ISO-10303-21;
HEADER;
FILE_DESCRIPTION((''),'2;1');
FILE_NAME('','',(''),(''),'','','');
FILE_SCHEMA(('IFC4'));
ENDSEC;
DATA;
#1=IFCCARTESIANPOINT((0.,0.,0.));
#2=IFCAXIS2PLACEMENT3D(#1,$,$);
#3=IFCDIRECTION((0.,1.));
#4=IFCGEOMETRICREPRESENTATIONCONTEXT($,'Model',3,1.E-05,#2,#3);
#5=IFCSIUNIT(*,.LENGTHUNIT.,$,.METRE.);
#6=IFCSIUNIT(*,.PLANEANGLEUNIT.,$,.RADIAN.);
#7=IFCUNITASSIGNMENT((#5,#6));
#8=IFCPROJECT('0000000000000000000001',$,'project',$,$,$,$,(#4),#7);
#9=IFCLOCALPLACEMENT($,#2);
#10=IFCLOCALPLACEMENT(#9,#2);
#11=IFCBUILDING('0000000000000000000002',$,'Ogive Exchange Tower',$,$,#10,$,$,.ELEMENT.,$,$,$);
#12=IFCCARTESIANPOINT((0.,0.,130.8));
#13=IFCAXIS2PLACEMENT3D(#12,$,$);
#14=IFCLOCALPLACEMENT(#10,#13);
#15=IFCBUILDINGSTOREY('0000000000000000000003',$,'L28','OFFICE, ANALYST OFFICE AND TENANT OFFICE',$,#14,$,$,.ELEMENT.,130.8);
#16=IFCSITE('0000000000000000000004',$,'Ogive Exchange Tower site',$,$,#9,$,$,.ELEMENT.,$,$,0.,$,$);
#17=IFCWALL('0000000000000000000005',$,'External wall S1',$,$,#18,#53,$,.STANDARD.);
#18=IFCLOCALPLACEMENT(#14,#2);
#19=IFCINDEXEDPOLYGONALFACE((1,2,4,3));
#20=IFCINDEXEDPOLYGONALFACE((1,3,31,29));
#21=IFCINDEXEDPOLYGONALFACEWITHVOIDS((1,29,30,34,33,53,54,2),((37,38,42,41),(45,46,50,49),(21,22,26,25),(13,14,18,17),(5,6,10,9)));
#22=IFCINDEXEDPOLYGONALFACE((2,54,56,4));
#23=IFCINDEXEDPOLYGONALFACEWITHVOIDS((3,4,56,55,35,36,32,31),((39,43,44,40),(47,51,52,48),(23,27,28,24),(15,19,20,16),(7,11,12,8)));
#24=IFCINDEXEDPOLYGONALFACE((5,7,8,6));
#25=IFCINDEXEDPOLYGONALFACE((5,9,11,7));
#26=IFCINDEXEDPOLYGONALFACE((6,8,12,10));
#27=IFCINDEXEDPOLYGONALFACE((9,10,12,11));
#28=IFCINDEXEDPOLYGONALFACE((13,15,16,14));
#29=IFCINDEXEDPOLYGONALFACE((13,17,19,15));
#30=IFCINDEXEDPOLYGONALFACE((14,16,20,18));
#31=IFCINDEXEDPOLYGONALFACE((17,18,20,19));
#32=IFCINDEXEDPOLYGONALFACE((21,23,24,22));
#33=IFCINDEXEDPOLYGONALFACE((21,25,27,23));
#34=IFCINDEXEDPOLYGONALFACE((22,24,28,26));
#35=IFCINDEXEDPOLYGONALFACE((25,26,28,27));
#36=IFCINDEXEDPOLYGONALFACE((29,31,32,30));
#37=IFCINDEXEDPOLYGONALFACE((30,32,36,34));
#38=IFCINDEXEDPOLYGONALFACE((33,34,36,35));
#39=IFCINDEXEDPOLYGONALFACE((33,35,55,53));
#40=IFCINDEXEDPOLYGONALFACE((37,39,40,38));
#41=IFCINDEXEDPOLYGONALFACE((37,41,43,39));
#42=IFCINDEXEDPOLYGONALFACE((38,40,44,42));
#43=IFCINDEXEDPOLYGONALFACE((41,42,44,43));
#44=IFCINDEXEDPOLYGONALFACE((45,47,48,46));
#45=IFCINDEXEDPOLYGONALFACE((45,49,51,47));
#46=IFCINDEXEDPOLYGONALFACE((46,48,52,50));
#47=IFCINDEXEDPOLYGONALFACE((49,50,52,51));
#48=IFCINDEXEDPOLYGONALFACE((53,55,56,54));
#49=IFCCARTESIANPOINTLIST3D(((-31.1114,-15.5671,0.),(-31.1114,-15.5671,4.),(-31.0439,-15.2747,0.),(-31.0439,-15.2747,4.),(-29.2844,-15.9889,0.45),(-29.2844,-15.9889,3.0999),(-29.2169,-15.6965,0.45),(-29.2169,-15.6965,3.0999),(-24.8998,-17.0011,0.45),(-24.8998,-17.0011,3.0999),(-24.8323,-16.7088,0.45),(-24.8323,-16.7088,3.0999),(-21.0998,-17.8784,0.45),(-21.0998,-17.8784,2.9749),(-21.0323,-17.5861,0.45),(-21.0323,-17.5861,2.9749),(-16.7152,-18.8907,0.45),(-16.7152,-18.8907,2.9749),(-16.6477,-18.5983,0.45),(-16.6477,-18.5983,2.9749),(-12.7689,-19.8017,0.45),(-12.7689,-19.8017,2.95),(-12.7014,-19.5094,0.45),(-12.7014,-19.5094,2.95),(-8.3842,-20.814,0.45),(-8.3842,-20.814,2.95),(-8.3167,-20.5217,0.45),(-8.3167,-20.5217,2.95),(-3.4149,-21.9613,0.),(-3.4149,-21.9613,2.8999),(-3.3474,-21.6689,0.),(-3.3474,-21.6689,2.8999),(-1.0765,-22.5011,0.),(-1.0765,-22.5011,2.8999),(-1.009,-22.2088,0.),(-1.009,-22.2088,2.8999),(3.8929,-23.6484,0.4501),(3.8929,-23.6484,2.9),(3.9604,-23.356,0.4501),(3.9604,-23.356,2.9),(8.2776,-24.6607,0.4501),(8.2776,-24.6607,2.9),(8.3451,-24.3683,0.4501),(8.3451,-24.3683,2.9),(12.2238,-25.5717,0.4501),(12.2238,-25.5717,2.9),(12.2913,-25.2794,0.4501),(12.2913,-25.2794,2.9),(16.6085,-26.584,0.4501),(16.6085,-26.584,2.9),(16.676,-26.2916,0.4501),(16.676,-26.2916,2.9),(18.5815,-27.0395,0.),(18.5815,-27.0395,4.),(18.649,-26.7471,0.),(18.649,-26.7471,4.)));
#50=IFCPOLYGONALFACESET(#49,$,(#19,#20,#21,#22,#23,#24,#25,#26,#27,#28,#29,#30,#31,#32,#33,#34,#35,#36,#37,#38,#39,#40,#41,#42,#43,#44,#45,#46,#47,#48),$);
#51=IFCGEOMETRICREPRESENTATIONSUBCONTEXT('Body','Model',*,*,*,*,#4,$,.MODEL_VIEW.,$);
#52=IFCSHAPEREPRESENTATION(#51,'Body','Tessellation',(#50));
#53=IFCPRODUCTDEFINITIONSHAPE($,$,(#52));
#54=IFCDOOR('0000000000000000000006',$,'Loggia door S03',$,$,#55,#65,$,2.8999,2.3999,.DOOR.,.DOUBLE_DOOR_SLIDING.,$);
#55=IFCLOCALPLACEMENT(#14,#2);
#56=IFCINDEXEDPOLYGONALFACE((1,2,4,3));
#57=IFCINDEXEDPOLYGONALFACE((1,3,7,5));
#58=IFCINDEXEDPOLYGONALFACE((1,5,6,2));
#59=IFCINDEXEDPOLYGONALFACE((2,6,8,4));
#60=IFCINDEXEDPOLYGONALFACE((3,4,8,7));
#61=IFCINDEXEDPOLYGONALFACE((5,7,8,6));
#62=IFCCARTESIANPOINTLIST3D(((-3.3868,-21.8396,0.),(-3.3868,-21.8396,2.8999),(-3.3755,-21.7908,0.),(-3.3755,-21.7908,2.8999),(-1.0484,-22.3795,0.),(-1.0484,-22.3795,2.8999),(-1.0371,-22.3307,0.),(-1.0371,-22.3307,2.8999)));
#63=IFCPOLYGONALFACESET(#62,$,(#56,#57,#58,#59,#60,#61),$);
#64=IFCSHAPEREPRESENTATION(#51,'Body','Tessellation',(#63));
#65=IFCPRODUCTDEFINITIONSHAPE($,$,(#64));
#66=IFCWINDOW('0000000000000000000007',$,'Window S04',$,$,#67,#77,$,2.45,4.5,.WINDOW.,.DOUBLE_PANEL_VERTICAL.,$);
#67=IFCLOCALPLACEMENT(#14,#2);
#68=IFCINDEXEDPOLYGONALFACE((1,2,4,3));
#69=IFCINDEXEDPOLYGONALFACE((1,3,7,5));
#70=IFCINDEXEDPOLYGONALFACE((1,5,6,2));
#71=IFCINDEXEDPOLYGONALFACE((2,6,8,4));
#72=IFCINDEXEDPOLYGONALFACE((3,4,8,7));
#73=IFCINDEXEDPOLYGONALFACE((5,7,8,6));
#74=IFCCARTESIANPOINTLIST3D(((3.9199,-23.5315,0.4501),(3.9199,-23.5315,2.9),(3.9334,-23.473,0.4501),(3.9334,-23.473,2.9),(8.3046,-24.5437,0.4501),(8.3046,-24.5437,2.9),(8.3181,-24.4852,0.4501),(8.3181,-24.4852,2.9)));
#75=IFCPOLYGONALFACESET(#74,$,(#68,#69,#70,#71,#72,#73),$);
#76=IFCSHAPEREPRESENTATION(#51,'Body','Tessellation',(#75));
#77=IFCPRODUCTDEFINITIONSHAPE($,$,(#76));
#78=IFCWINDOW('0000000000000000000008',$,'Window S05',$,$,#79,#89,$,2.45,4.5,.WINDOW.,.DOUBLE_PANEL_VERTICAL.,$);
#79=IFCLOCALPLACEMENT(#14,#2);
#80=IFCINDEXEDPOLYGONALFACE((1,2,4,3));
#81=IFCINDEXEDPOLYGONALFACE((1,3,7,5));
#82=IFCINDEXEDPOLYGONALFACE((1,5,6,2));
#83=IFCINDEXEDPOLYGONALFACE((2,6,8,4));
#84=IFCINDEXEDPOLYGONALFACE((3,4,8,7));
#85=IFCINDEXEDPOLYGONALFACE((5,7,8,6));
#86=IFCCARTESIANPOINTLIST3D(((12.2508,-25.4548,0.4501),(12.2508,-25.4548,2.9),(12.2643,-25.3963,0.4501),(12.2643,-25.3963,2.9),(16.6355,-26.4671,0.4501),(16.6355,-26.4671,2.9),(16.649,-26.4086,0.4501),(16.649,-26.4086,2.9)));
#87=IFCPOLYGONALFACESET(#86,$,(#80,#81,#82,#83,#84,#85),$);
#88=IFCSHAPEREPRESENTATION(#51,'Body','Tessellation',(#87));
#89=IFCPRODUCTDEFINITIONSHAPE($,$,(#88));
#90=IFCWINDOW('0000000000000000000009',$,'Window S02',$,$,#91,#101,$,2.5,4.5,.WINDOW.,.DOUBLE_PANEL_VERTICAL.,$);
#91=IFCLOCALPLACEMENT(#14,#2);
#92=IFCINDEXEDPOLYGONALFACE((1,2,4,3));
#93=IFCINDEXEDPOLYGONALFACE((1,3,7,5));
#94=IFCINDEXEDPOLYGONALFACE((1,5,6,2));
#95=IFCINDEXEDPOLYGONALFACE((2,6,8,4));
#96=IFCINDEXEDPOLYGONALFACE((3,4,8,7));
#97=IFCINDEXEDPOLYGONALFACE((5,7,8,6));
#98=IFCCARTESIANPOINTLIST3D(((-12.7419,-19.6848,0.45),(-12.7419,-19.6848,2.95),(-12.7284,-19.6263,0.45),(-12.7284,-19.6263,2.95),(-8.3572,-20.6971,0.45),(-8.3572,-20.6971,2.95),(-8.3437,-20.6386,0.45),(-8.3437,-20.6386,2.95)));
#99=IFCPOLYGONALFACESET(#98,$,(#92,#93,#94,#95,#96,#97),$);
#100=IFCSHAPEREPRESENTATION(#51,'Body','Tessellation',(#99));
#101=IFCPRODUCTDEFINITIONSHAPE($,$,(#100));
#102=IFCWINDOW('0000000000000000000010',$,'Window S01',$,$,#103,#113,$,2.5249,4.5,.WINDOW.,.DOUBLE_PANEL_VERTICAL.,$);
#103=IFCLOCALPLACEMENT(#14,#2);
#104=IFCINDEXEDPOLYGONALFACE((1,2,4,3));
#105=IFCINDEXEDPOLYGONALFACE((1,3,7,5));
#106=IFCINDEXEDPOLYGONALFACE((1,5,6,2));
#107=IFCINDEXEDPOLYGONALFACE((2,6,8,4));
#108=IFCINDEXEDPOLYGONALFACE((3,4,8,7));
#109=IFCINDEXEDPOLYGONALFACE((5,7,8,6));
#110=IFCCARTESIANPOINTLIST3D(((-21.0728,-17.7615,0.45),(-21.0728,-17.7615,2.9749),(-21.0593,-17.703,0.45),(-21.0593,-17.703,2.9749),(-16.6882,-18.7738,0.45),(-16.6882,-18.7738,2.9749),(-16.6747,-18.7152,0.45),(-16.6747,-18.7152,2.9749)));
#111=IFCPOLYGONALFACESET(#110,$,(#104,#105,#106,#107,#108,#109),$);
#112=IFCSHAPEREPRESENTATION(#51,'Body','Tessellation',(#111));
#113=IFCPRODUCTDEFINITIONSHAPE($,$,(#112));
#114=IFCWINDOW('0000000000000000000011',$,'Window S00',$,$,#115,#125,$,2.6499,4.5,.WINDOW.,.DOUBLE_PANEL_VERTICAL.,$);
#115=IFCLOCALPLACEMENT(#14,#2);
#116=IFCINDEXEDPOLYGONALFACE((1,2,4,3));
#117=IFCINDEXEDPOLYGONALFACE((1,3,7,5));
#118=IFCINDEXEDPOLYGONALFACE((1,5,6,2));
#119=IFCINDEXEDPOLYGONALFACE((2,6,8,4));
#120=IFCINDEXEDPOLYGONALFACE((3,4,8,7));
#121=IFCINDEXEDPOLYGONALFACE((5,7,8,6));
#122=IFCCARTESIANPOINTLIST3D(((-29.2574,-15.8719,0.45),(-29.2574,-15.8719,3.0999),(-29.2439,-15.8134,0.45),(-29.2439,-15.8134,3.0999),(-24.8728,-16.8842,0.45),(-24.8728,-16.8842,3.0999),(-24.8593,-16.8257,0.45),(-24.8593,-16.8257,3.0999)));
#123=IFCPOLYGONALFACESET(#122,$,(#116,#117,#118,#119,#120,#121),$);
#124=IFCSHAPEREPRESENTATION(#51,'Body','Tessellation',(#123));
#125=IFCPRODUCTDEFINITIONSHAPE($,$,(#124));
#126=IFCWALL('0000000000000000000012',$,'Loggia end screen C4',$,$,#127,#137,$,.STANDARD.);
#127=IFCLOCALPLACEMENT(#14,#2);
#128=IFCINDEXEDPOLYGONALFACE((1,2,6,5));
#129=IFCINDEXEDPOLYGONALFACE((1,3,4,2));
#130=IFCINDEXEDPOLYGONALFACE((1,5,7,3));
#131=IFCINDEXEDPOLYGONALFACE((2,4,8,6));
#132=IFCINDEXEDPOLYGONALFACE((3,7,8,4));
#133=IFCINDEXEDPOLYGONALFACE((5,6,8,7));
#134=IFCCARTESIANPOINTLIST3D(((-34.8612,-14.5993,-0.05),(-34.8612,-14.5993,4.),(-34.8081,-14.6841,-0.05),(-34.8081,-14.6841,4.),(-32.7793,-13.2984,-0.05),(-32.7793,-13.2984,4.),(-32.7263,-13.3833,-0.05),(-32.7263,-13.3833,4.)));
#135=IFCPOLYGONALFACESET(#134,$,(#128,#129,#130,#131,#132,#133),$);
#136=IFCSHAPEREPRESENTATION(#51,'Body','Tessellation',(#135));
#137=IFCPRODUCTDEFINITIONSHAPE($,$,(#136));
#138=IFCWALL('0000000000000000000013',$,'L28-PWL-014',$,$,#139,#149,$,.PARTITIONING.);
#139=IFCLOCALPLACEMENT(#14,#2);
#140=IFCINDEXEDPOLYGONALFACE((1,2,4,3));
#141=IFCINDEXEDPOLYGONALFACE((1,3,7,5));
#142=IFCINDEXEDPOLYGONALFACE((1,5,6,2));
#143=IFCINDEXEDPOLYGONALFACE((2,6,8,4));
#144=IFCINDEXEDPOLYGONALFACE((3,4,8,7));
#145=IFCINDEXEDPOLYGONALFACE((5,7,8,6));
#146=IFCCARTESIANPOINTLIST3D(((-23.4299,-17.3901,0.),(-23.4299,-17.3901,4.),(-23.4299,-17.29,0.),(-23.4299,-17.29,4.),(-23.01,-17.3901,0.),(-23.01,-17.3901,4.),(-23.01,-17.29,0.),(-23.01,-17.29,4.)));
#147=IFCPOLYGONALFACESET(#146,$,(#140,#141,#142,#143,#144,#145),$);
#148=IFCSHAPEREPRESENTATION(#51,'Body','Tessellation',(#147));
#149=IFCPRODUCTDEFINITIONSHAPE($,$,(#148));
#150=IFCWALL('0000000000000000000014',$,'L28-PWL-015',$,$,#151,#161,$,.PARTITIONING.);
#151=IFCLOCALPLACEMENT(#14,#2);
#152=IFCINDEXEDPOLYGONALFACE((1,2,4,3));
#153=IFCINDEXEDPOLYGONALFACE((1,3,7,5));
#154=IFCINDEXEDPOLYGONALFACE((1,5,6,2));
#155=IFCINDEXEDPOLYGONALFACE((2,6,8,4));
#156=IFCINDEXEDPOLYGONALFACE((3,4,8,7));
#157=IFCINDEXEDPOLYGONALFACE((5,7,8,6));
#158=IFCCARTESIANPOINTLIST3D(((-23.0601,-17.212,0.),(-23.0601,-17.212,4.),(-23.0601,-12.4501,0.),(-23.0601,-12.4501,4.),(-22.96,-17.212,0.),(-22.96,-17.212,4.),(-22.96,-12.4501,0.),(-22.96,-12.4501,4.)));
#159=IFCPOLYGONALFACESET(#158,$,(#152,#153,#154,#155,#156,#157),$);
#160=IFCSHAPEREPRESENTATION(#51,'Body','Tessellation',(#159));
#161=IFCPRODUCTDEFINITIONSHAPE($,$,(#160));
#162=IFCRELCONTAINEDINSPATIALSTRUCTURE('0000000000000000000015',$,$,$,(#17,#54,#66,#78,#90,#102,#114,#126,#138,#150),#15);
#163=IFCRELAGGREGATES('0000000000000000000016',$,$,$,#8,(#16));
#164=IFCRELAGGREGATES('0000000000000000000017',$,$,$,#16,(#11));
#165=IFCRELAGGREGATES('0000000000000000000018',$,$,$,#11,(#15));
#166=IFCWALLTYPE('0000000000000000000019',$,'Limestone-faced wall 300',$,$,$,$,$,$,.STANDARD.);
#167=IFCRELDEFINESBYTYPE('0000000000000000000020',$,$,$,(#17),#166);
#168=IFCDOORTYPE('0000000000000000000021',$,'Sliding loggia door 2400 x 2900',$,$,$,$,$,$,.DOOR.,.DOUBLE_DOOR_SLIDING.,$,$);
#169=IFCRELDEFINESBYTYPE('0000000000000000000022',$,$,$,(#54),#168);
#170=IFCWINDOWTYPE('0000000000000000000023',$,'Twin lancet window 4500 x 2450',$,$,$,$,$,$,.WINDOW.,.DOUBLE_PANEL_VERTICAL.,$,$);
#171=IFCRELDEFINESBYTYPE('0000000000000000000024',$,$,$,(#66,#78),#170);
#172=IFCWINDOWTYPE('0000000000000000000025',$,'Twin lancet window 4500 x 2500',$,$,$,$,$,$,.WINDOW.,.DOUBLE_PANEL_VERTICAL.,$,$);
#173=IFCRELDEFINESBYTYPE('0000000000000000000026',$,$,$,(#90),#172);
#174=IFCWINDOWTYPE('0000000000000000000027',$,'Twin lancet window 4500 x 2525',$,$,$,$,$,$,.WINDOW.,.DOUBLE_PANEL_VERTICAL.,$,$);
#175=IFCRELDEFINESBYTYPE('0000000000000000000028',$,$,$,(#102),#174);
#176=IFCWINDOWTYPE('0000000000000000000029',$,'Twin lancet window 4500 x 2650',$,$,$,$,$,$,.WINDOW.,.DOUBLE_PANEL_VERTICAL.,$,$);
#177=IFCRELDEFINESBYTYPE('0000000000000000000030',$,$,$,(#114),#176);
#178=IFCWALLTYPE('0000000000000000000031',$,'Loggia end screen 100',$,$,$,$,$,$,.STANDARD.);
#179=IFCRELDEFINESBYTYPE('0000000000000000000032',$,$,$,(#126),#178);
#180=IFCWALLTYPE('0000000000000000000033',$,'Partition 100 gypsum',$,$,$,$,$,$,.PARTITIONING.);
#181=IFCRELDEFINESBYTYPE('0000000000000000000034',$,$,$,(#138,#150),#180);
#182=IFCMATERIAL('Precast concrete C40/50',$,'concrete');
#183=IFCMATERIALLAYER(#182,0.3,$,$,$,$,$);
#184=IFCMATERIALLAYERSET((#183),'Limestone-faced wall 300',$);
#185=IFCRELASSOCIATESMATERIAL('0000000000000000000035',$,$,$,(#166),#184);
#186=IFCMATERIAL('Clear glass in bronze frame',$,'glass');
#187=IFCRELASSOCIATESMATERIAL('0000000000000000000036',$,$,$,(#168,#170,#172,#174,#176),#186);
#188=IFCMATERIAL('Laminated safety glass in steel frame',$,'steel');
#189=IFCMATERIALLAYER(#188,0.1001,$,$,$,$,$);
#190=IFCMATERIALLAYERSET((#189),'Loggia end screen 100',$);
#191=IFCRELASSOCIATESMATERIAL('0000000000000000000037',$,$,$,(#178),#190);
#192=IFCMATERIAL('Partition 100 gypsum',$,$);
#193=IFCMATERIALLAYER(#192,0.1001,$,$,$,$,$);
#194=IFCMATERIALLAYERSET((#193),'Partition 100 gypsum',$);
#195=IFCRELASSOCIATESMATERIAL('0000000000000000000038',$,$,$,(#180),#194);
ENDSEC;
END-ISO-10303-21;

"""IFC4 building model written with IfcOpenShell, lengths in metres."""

from ifc_helpers import new_model, si_unit, direction, frame, frame_2d, origin, place, context, subcontext, project, spatial, rectangle, extrude, material, layer, layer_set, type_object, element, fill, save


model = new_model("IFC4")

# Units and contexts
model_context = context("Model", 3, precision=1e-05, world=origin(), true_north=direction((0.0, 1.0)))
body_context = subcontext(model_context, "Body", "Model", "MODEL_VIEW")
ifc_project = project(units=[si_unit("LENGTHUNIT", "METRE"), si_unit("PLANEANGLEUNIT", "RADIAN")], contexts=[model_context])

# Site, building, storey
site_placement = place(None, origin())
site = spatial("IfcSite", under=ifc_project, at=site_placement, Name="Ogive Exchange Tower site", CompositionType="ELEMENT", RefElevation=0.0)
building_placement = place(site_placement, origin())
building = spatial("IfcBuilding", under=site, at=building_placement, Name="Ogive Exchange Tower", CompositionType="ELEMENT")
storey_placement = place(building_placement, frame((0.0, 0.0, 130.8)))
storey = spatial("IfcBuildingStorey", under=building, at=storey_placement, Name="L28", Description="OFFICE, ANALYST OFFICE AND TENANT OFFICE", CompositionType="ELEMENT", Elevation=130.8)

# Wall, openings, door, windows
ifc_material_1 = material(Name="Precast concrete C40/50", Category="concrete")
ifc_layer_1 = layer(ifc_material_1, 0.3)
ifc_layer_set_1 = layer_set([ifc_layer_1], Name="Limestone-faced wall 300")
wall_type_1 = type_object("IfcWallType", Name="Limestone-faced wall 300", PredefinedType="STANDARD", material=ifc_layer_set_1)
wall_1_placement = place(storey_placement, frame((-31.0776, -15.4209, 0.0), z_axis=(0.0, 0.0, 1.0), x_axis=(0.97437, -0.224949, 0.0)))
wall_1 = element("IfcWall", 1, at=wall_1_placement, inside=storey, type_object=wall_type_1, Name="External wall S1", PredefinedType="STANDARD", context=body_context, shape_type="SweptSolid", body=[
    extrude(rectangle(XDim=51.0, YDim=0.3, at=frame_2d((25.5, 0.0))), origin(), (0.0, 0.0, 1.0), 4.0),
])
opening_1_placement = place(wall_1_placement, frame((1.875, 0.0, 0.45)))
opening_1 = element("IfcOpeningElement", 2, at=opening_1_placement, cuts=wall_1, PredefinedType="OPENING", context=body_context, shape_type="SweptSolid", body=[
    extrude(rectangle(XDim=4.5, YDim=2.6499, at=frame_2d((2.25, 1.325))), frame((0.0, 0.1599, 0.0), z_axis=(0.0, -1.0, 0.0), x_axis=(1.0, 0.0, 0.0)), (0.0, 0.0, 1.0), 0.3201),
])
opening_2_placement = place(wall_1_placement, frame((10.2749, 0.0, 0.45)))
opening_2 = element("IfcOpeningElement", 3, at=opening_2_placement, cuts=wall_1, PredefinedType="OPENING", context=body_context, shape_type="SweptSolid", body=[
    extrude(rectangle(XDim=4.5, YDim=2.5249, at=frame_2d((2.25, 1.2625))), frame((0.0, 0.1599, 0.0), z_axis=(0.0, -1.0, 0.0), x_axis=(1.0, 0.0, 0.0)), (0.0, 0.0, 1.0), 0.3201),
])
opening_3_placement = place(wall_1_placement, frame((18.825, 0.0, 0.45)))
opening_3 = element("IfcOpeningElement", 4, at=opening_3_placement, cuts=wall_1, PredefinedType="OPENING", context=body_context, shape_type="SweptSolid", body=[
    extrude(rectangle(XDim=4.5, YDim=2.5, at=frame_2d((2.25, 1.25))), frame((0.0, 0.1599, 0.0), z_axis=(0.0, -1.0, 0.0), x_axis=(1.0, 0.0, 0.0)), (0.0, 0.0, 1.0), 0.3201),
])
opening_4_placement = place(wall_1_placement, frame((28.425, 0.0, 0.0)))
opening_4 = element("IfcOpeningElement", 5, at=opening_4_placement, cuts=wall_1, PredefinedType="OPENING", context=body_context, shape_type="SweptSolid", body=[
    extrude(rectangle(XDim=2.3999, YDim=2.8999, at=frame_2d((1.2, 1.45))), frame((0.0, 0.1599, 0.0), z_axis=(0.0, -1.0, 0.0), x_axis=(1.0, 0.0, 0.0)), (0.0, 0.0, 1.0), 0.3201),
])
opening_5_placement = place(wall_1_placement, frame((35.925, 0.0, 0.45)))
opening_5 = element("IfcOpeningElement", 6, at=opening_5_placement, cuts=wall_1, PredefinedType="OPENING", context=body_context, shape_type="SweptSolid", body=[
    extrude(rectangle(XDim=4.5, YDim=2.45, at=frame_2d((2.25, 1.2251))), frame((0.0, 0.1599, 0.0), z_axis=(0.0, -1.0, 0.0), x_axis=(1.0, 0.0, 0.0)), (0.0, 0.0, 1.0), 0.3201),
])
opening_6_placement = place(wall_1_placement, frame((44.4751, 0.0, 0.45)))
opening_6 = element("IfcOpeningElement", 7, at=opening_6_placement, cuts=wall_1, PredefinedType="OPENING", context=body_context, shape_type="SweptSolid", body=[
    extrude(rectangle(XDim=4.5, YDim=2.45, at=frame_2d((2.25, 1.2251))), frame((0.0, 0.1599, 0.0), z_axis=(0.0, -1.0, 0.0), x_axis=(1.0, 0.0, 0.0)), (0.0, 0.0, 1.0), 0.3201),
])
ifc_material_2 = material(Name="Clear glass in bronze frame", Category="glass")
door_type_1 = type_object("IfcDoorType", Name="Sliding loggia door 2400 x 2900", OperationType="DOUBLE_DOOR_SLIDING", PredefinedType="DOOR", material=ifc_material_2)
door_1_placement = place(opening_4_placement, origin())
door_1 = element("IfcDoor", 8, at=door_1_placement, inside=storey, type_object=door_type_1, Name="Loggia door S03", OperationType="DOUBLE_DOOR_SLIDING", OverallHeight=2.8999, OverallWidth=2.3999, PredefinedType="DOOR", context=body_context, shape_type="SweptSolid", body=[
    extrude(rectangle(XDim=2.3999, YDim=2.8999, at=frame_2d((1.2, 1.45))), frame((0.0, 0.0249, 0.0), z_axis=(0.0, -1.0, 0.0), x_axis=(1.0, 0.0, 0.0)), (0.0, 0.0, 1.0), 0.05),
])
fill(opening_4, door_1)
window_type_1 = type_object("IfcWindowType", Name="Twin lancet window 4500 x 2450", PartitioningType="DOUBLE_PANEL_VERTICAL", PredefinedType="WINDOW", material=ifc_material_2)
window_1_placement = place(opening_5_placement, origin())
window_1 = element("IfcWindow", 9, at=window_1_placement, inside=storey, type_object=window_type_1, Name="Window S04", OverallHeight=2.45, OverallWidth=4.5, PartitioningType="DOUBLE_PANEL_VERTICAL", PredefinedType="WINDOW", context=body_context, shape_type="SweptSolid", body=[
    extrude(rectangle(XDim=4.5, YDim=2.45, at=frame_2d((2.25, 1.2251))), frame((0.0, 0.03, 0.0), z_axis=(0.0, -1.0, 0.0), x_axis=(1.0, 0.0, 0.0)), (0.0, 0.0, 1.0), 0.0601),
])
fill(opening_5, window_1)
window_2_placement = place(opening_6_placement, origin())
window_2 = element("IfcWindow", 10, at=window_2_placement, inside=storey, type_object=window_type_1, Name="Window S05", OverallHeight=2.45, OverallWidth=4.5, PartitioningType="DOUBLE_PANEL_VERTICAL", PredefinedType="WINDOW", context=body_context, shape_type="SweptSolid", body=[
    extrude(rectangle(XDim=4.5, YDim=2.45, at=frame_2d((2.25, 1.2251))), frame((0.0, 0.03, 0.0), z_axis=(0.0, -1.0, 0.0), x_axis=(1.0, 0.0, 0.0)), (0.0, 0.0, 1.0), 0.0601),
])
fill(opening_6, window_2)
window_type_2 = type_object("IfcWindowType", Name="Twin lancet window 4500 x 2500", PartitioningType="DOUBLE_PANEL_VERTICAL", PredefinedType="WINDOW", material=ifc_material_2)
window_3_placement = place(opening_3_placement, origin())
window_3 = element("IfcWindow", 11, at=window_3_placement, inside=storey, type_object=window_type_2, Name="Window S02", OverallHeight=2.5, OverallWidth=4.5, PartitioningType="DOUBLE_PANEL_VERTICAL", PredefinedType="WINDOW", context=body_context, shape_type="SweptSolid", body=[
    extrude(rectangle(XDim=4.5, YDim=2.5, at=frame_2d((2.25, 1.25))), frame((0.0, 0.03, 0.0), z_axis=(0.0, -1.0, 0.0), x_axis=(1.0, 0.0, 0.0)), (0.0, 0.0, 1.0), 0.0601),
])
fill(opening_3, window_3)
window_type_3 = type_object("IfcWindowType", Name="Twin lancet window 4500 x 2525", PartitioningType="DOUBLE_PANEL_VERTICAL", PredefinedType="WINDOW", material=ifc_material_2)
window_4_placement = place(opening_2_placement, origin())
window_4 = element("IfcWindow", 12, at=window_4_placement, inside=storey, type_object=window_type_3, Name="Window S01", OverallHeight=2.5249, OverallWidth=4.5, PartitioningType="DOUBLE_PANEL_VERTICAL", PredefinedType="WINDOW", context=body_context, shape_type="SweptSolid", body=[
    extrude(rectangle(XDim=4.5, YDim=2.5249, at=frame_2d((2.25, 1.2625))), frame((0.0, 0.03, 0.0), z_axis=(0.0, -1.0, 0.0), x_axis=(1.0, 0.0, 0.0)), (0.0, 0.0, 1.0), 0.0601),
])
fill(opening_2, window_4)
window_type_4 = type_object("IfcWindowType", Name="Twin lancet window 4500 x 2650", PartitioningType="DOUBLE_PANEL_VERTICAL", PredefinedType="WINDOW", material=ifc_material_2)
window_5_placement = place(opening_1_placement, origin())
window_5 = element("IfcWindow", 13, at=window_5_placement, inside=storey, type_object=window_type_4, Name="Window S00", OverallHeight=2.6499, OverallWidth=4.5, PartitioningType="DOUBLE_PANEL_VERTICAL", PredefinedType="WINDOW", context=body_context, shape_type="SweptSolid", body=[
    extrude(rectangle(XDim=4.5, YDim=2.6499, at=frame_2d((2.25, 1.325))), frame((0.0, 0.03, 0.0), z_axis=(0.0, -1.0, 0.0), x_axis=(1.0, 0.0, 0.0)), (0.0, 0.0, 1.0), 0.0601),
])
fill(opening_1, window_5)

# Walls
ifc_material_3 = material(Name="Laminated safety glass in steel frame", Category="steel")
ifc_layer_2 = layer(ifc_material_3, 0.1001)
ifc_layer_set_2 = layer_set([ifc_layer_2], Name="Loggia end screen 100")
wall_type_2 = type_object("IfcWallType", Name="Loggia end screen 100", PredefinedType="STANDARD", material=ifc_layer_set_2)
wall_2_placement = place(storey_placement, frame((-32.7527, -13.3408, -0.05), z_axis=(0.0, 0.0, 1.0), x_axis=(-0.84806, -0.529901, 0.0)))
element("IfcWall", 14, at=wall_2_placement, inside=storey, type_object=wall_type_2, Name="Loggia end screen C4", PredefinedType="STANDARD", context=body_context, shape_type="SweptSolid", body=[
    extrude(rectangle(XDim=2.4548, YDim=0.1001, at=frame_2d((1.2275, 0.0))), origin(), (0.0, 0.0, 1.0), 4.05),
])
ifc_material_4 = material(Name="Partition 100 gypsum")
ifc_layer_3 = layer(ifc_material_4, 0.1001)
ifc_layer_set_3 = layer_set([ifc_layer_3], Name="Partition 100 gypsum")
wall_type_3 = type_object("IfcWallType", Name="Partition 100 gypsum", PredefinedType="PARTITIONING", material=ifc_layer_set_3)
wall_3_placement = place(storey_placement, frame((-23.4299, -17.3401, 0.0), z_axis=(0.0, 0.0, 1.0), x_axis=(1.0, 0.0, 0.0)))
element("IfcWall", 15, at=wall_3_placement, inside=storey, type_object=wall_type_3, Name="L28-PWL-014", PredefinedType="PARTITIONING", context=body_context, shape_type="SweptSolid", body=[
    extrude(rectangle(XDim=0.4199, YDim=0.1001, at=frame_2d((0.21, 0.0))), origin(), (0.0, 0.0, 1.0), 4.0),
])
wall_4_placement = place(storey_placement, frame((-23.01, -17.2119, 0.0), z_axis=(0.0, 0.0, 1.0), x_axis=(0.0, 1.0, 0.0)))
element("IfcWall", 16, at=wall_4_placement, inside=storey, type_object=wall_type_3, Name="L28-PWL-015", PredefinedType="PARTITIONING", context=body_context, shape_type="SweptSolid", body=[
    extrude(rectangle(XDim=4.762, YDim=0.1001, at=frame_2d((2.3809, 0.0))), origin(), (0.0, 0.0, 1.0), 4.0),
])

save(model, "model.ifc")
